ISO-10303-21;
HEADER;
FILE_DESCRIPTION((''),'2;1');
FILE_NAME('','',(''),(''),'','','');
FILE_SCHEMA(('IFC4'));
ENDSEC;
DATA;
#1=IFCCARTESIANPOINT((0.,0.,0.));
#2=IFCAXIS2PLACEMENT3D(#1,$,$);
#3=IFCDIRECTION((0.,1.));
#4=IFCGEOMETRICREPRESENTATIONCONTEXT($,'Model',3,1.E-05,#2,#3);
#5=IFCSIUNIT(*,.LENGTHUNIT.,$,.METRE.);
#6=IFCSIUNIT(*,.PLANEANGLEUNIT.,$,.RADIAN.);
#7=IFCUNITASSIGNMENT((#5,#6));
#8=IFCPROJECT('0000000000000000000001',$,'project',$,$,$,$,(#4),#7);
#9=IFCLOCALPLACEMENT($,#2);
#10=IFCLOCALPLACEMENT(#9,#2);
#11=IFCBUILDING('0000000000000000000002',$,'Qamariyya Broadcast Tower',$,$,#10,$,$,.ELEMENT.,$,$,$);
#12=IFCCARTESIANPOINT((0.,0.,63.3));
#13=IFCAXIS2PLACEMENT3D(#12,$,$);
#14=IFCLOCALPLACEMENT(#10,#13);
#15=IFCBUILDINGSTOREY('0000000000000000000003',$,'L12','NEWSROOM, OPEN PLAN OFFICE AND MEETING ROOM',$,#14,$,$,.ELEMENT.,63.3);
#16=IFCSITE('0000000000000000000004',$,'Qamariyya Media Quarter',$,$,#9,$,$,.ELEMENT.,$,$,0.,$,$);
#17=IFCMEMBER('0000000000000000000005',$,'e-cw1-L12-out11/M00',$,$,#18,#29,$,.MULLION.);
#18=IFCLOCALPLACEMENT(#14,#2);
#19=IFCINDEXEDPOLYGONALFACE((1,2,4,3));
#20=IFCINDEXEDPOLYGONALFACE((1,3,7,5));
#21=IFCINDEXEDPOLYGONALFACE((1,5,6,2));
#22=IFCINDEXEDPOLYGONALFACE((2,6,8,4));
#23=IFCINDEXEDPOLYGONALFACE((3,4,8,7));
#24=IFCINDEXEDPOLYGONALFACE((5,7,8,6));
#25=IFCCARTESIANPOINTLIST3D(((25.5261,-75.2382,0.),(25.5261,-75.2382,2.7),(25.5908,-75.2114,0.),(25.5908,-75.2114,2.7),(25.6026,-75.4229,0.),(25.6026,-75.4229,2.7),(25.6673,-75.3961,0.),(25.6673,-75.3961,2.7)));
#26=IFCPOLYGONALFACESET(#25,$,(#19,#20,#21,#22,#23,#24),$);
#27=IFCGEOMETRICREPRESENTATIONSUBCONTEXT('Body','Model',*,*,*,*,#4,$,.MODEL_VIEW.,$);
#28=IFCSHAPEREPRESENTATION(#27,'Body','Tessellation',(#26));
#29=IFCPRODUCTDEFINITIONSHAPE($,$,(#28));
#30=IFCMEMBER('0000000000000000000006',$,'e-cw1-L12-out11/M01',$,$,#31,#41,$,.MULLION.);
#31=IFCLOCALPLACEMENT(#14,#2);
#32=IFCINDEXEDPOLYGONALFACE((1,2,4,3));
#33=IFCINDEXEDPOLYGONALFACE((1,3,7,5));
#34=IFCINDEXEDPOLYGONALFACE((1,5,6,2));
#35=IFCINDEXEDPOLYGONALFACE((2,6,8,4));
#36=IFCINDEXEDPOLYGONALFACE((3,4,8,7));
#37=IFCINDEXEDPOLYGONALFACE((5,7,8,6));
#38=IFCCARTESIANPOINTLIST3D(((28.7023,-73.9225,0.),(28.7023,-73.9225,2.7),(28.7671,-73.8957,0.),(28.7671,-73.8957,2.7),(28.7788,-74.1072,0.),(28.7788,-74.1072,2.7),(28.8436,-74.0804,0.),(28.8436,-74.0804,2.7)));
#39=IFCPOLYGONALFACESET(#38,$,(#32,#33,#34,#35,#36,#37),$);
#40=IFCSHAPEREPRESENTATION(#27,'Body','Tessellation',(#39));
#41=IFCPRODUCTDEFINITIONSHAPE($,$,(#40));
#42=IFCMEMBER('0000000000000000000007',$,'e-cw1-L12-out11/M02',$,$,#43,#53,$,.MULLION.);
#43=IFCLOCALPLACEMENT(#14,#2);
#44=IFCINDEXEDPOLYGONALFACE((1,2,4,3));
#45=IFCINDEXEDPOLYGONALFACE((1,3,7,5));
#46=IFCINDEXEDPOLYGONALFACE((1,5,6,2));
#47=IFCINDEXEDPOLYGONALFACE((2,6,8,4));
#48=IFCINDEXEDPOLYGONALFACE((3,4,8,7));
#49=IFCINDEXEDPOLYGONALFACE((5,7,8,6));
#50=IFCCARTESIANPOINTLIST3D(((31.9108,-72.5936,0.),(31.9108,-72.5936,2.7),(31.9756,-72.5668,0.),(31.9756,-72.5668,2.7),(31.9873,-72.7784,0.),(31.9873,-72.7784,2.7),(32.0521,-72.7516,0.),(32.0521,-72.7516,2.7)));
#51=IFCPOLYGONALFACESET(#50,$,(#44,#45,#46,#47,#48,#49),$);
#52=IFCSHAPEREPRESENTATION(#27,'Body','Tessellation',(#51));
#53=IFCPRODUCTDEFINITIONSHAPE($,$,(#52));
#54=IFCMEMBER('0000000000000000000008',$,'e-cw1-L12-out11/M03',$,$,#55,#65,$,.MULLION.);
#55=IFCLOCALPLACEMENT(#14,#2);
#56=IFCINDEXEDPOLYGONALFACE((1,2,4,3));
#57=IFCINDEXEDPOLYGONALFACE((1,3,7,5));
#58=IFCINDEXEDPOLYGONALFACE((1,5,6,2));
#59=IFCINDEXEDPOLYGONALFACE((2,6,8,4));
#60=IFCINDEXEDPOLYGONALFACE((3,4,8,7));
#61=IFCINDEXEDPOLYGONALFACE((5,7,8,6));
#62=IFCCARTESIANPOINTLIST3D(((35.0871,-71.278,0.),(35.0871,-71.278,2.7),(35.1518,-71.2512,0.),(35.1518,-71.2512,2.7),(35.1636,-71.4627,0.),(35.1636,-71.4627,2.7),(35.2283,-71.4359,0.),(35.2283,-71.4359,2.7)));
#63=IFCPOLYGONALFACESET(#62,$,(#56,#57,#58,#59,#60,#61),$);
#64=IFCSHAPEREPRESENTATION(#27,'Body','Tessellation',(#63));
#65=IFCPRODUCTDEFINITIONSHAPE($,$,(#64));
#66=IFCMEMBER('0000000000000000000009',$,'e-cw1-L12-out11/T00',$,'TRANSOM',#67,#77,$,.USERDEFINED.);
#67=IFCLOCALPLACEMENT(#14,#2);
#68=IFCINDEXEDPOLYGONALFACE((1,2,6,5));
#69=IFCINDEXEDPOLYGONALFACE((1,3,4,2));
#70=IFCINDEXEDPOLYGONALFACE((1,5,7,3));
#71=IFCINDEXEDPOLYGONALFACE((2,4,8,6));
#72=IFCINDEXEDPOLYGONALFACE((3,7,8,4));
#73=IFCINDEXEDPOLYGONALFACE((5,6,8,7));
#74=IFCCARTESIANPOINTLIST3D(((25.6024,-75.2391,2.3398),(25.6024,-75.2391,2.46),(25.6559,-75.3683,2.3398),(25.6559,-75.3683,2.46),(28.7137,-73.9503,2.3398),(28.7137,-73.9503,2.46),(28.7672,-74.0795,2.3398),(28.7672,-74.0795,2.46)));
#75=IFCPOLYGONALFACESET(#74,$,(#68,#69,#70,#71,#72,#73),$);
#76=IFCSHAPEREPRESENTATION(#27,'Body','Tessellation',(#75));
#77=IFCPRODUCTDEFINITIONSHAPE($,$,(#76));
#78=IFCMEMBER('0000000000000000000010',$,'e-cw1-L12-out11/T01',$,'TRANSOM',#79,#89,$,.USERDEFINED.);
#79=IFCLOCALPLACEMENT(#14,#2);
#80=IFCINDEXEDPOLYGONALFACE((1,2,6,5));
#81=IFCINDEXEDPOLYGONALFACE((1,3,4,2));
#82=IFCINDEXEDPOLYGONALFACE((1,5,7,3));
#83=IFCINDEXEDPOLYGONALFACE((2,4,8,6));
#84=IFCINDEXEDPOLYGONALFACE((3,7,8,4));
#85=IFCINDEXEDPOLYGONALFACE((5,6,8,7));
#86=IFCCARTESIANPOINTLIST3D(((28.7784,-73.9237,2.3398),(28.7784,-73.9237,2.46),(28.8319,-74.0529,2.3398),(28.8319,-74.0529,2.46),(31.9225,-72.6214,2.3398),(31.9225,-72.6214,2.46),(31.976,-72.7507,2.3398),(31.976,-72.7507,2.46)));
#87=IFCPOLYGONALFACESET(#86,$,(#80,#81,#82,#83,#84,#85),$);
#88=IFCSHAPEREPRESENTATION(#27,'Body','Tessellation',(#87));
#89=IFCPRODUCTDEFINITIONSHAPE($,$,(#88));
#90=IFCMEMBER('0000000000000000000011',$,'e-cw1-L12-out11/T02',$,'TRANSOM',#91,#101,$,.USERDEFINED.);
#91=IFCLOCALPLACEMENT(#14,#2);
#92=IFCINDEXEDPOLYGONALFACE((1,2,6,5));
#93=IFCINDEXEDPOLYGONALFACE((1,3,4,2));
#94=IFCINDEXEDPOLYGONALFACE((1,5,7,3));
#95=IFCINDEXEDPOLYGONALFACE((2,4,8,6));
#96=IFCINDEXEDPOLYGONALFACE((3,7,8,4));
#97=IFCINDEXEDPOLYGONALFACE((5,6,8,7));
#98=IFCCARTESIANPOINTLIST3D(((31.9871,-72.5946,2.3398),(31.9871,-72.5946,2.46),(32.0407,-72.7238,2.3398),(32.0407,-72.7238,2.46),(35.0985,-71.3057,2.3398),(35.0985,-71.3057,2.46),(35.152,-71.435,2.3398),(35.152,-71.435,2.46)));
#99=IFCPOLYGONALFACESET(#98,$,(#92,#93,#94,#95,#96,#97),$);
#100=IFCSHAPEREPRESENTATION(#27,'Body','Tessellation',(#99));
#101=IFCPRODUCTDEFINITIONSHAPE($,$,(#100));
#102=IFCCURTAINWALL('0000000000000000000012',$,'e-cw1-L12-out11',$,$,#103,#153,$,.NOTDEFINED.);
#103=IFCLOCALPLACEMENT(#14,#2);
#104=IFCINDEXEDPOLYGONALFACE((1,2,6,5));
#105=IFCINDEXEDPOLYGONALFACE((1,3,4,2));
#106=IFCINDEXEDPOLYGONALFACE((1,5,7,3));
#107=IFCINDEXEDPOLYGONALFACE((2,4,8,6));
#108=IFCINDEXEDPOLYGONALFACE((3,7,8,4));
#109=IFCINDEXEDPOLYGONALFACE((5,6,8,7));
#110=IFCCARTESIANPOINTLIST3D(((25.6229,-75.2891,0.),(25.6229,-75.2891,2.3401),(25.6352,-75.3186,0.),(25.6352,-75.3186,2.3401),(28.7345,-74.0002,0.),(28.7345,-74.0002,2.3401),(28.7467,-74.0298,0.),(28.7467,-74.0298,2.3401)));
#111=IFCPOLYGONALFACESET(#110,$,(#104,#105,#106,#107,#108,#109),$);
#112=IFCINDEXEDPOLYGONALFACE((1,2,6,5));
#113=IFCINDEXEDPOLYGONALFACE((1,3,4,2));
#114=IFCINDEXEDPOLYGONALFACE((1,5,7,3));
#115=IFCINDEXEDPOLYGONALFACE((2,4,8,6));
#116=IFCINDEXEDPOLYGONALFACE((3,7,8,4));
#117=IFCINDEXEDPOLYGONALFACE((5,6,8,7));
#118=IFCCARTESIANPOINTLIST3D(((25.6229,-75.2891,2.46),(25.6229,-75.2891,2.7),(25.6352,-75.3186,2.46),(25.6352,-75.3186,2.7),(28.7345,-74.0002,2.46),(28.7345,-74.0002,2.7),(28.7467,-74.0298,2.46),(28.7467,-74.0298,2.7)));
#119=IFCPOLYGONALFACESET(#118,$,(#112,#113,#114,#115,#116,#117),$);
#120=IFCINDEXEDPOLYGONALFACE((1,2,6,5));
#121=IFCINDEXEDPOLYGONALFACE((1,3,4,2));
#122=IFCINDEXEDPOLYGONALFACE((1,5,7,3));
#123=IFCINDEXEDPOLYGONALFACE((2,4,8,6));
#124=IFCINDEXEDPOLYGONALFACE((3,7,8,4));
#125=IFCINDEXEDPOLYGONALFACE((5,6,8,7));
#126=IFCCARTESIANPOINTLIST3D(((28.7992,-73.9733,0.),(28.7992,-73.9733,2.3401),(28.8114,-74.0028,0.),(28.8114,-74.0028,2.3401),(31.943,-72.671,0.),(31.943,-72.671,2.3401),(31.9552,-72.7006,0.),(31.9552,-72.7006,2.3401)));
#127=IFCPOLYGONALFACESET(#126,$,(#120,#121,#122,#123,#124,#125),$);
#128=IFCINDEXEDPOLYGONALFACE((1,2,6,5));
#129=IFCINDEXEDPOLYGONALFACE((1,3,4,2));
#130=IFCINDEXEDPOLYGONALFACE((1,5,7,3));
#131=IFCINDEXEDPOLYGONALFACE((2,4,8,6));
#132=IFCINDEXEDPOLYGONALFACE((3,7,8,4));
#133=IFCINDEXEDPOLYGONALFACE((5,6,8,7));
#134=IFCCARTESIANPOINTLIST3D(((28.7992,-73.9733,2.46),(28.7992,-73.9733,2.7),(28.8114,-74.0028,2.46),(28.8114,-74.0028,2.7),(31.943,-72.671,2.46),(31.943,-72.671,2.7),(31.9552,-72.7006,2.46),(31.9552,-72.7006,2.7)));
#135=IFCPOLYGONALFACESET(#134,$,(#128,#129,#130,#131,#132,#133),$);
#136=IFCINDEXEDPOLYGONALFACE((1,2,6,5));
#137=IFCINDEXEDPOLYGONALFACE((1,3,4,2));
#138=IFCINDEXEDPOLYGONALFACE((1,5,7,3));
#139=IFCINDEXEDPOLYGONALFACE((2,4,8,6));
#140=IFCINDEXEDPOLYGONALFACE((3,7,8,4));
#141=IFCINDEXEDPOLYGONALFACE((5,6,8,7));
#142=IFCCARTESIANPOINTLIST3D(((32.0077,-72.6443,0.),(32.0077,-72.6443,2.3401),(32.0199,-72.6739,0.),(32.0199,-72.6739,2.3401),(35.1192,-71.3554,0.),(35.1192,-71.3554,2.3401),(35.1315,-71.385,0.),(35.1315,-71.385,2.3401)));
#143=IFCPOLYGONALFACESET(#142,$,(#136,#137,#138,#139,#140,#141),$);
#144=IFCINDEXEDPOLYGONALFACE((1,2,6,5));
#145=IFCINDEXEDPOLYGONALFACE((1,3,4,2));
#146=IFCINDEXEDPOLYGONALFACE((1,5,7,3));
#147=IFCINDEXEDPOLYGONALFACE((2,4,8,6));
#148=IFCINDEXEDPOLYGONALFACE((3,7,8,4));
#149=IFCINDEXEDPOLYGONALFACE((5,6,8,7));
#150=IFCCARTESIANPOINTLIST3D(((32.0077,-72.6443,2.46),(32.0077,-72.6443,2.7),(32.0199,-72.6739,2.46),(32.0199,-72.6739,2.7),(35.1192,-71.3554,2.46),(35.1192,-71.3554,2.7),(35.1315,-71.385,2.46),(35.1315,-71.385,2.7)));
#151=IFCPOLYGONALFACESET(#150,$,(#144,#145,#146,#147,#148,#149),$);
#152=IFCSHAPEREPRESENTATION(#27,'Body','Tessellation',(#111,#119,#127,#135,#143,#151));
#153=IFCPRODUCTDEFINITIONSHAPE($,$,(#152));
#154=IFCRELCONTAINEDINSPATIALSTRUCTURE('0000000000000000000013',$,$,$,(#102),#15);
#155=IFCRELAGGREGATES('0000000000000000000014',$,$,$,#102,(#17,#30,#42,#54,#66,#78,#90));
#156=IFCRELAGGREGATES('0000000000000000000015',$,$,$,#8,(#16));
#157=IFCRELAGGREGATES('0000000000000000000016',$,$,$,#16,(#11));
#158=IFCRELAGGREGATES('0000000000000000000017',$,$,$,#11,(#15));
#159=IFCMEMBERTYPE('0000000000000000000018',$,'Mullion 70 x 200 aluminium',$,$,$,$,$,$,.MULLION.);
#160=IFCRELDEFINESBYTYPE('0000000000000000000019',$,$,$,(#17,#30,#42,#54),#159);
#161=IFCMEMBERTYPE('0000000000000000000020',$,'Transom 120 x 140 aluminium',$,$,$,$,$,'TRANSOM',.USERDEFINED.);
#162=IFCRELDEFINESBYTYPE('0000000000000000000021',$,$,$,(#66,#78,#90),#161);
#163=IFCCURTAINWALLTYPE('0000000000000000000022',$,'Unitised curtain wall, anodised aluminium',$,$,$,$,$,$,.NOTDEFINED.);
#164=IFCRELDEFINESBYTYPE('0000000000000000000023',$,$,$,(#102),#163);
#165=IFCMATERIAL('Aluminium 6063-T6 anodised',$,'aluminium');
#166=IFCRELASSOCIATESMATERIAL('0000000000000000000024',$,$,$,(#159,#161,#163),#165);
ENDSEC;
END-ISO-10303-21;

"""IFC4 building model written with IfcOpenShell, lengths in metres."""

from ifc_helpers import new_model, si_unit, direction, frame, origin, origin_2d, place, context, subcontext, project, spatial, rectangle, extrude, material, material_profile, profile_set, type_object, element, aggregate, save


model = new_model("IFC4")

# Units and contexts
model_context = context("Model", 3, precision=1e-05, world=origin(), true_north=direction((0.0, 1.0)))
body_context = subcontext(model_context, "Body", "Model", "MODEL_VIEW")
ifc_project = project(units=[si_unit("LENGTHUNIT", "METRE"), si_unit("PLANEANGLEUNIT", "RADIAN")], contexts=[model_context])

# Members
ifc_material = material(Name="Aluminium 6063-T6 anodised", Category="aluminium")
ifc_material_profile_1 = material_profile(ifc_material, rectangle(XDim=0.2, YDim=0.0701, at=origin_2d()))
ifc_profile_set_1 = profile_set([ifc_material_profile_1], Name="Aluminium 6063-T6 anodised")
member_type_1 = type_object("IfcMemberType", Name="Mullion 70 x 200 aluminium", PredefinedType="MULLION", material=ifc_profile_set_1)
site_placement = place(None, origin())
building_placement = place(site_placement, origin())
storey_placement = place(building_placement, frame((0.0, 0.0, 63.3)))
member_1_placement = place(storey_placement, frame((25.5967, -75.3171, 0.0), z_axis=(0.0, 0.0, 1.0), x_axis=(-0.382683, 0.92388, 0.0)))
member_1 = element("IfcMember", 1, at=member_1_placement, type_object=member_type_1, Name="e-cw1-L12-out11/M00", PredefinedType="MULLION", context=body_context, shape_type="SweptSolid", body=[
    extrude(rectangle(XDim=0.2, YDim=0.0701, at=origin_2d()), origin(), (0.0, 0.0, 1.0), 2.7),
])
member_2_placement = place(storey_placement, frame((28.7729, -74.0015, 0.0), z_axis=(0.0, 0.0, 1.0), x_axis=(-0.382683, 0.92388, 0.0)))
member_2 = element("IfcMember", 2, at=member_2_placement, type_object=member_type_1, Name="e-cw1-L12-out11/M01", PredefinedType="MULLION", context=body_context, shape_type="SweptSolid", body=[
    extrude(rectangle(XDim=0.2, YDim=0.0701, at=origin_2d()), origin(), (0.0, 0.0, 1.0), 2.7),
])
member_3_placement = place(storey_placement, frame((31.9814, -72.6726, 0.0), z_axis=(0.0, 0.0, 1.0), x_axis=(-0.382683, 0.92388, 0.0)))
member_3 = element("IfcMember", 3, at=member_3_placement, type_object=member_type_1, Name="e-cw1-L12-out11/M02", PredefinedType="MULLION", context=body_context, shape_type="SweptSolid", body=[
    extrude(rectangle(XDim=0.2, YDim=0.0701, at=origin_2d()), origin(), (0.0, 0.0, 1.0), 2.7),
])
member_4_placement = place(storey_placement, frame((35.1577, -71.3569, 0.0), z_axis=(0.0, 0.0, 1.0), x_axis=(-0.382683, 0.92388, 0.0)))
member_4 = element("IfcMember", 4, at=member_4_placement, type_object=member_type_1, Name="e-cw1-L12-out11/M03", PredefinedType="MULLION", context=body_context, shape_type="SweptSolid", body=[
    extrude(rectangle(XDim=0.2, YDim=0.0701, at=origin_2d()), origin(), (0.0, 0.0, 1.0), 2.7),
])
ifc_material_profile_2 = material_profile(ifc_material, rectangle(XDim=0.1399, YDim=0.1201, at=origin_2d()))
ifc_profile_set_2 = profile_set([ifc_material_profile_2], Name="Aluminium 6063-T6 anodised")
member_type_2 = type_object("IfcMemberType", Name="Transom 120 x 140 aluminium", ElementType="TRANSOM", PredefinedType="USERDEFINED", material=ifc_profile_set_2)
member_5_placement = place(storey_placement, frame((25.6292, -75.3037, 2.3999), z_axis=(0.923873, 0.3827, 0.0), x_axis=(-0.3827, 0.923873, 0.0)))
member_5 = element("IfcMember", 5, at=member_5_placement, type_object=member_type_2, Name="e-cw1-L12-out11/T00", ObjectType="TRANSOM", PredefinedType="USERDEFINED", context=body_context, shape_type="SweptSolid", body=[
    extrude(rectangle(XDim=0.1399, YDim=0.1201, at=origin_2d()), origin(), (0.0, 0.0, 1.0), 3.3677),
])
member_6_placement = place(storey_placement, frame((28.8052, -73.9883, 2.3999), z_axis=(0.923886, 0.382669, 0.0), x_axis=(-0.382669, 0.923886, 0.0)))
member_6 = element("IfcMember", 6, at=member_6_placement, type_object=member_type_2, Name="e-cw1-L12-out11/T01", ObjectType="TRANSOM", PredefinedType="USERDEFINED", context=body_context, shape_type="SweptSolid", body=[
    extrude(rectangle(XDim=0.1399, YDim=0.1201, at=origin_2d()), origin(), (0.0, 0.0, 1.0), 3.4031),
])
member_7_placement = place(storey_placement, frame((32.0139, -72.6592, 2.3999), z_axis=(0.923873, 0.3827, 0.0), x_axis=(-0.3827, 0.923873, 0.0)))
member_7 = element("IfcMember", 7, at=member_7_placement, type_object=member_type_2, Name="e-cw1-L12-out11/T02", ObjectType="TRANSOM", PredefinedType="USERDEFINED", context=body_context, shape_type="SweptSolid", body=[
    extrude(rectangle(XDim=0.1399, YDim=0.1201, at=origin_2d()), origin(), (0.0, 0.0, 1.0), 3.3677),
])

# Site, building, storey
site = spatial("IfcSite", under=ifc_project, at=site_placement, Name="Qamariyya Media Quarter", CompositionType="ELEMENT", RefElevation=0.0)
building = spatial("IfcBuilding", under=site, at=building_placement, Name="Qamariyya Broadcast Tower", CompositionType="ELEMENT")
storey = spatial("IfcBuildingStorey", under=building, at=storey_placement, Name="L12", Description="NEWSROOM, OPEN PLAN OFFICE AND MEETING ROOM", CompositionType="ELEMENT", Elevation=63.3)

# Curtain wall
curtain_wall_type = type_object("IfcCurtainWallType", Name="Unitised curtain wall, anodised aluminium", PredefinedType="NOTDEFINED", material=ifc_material)
curtain_wall_1_placement = place(storey_placement, origin())
curtain_wall_1 = element("IfcCurtainWall", 8, at=curtain_wall_1_placement, inside=storey, type_object=curtain_wall_type, Name="e-cw1-L12-out11", PredefinedType="NOTDEFINED", context=body_context, shape_type="SweptSolid", body=[
    extrude(rectangle(XDim=3.3679, YDim=0.032, at=origin_2d()), frame((27.1848, -74.6594, 0.0), x_axis=(0.923878, 0.382688, 0.0)), (0.0, 0.0, 1.0), 2.3401),
    extrude(rectangle(XDim=3.3679, YDim=0.032, at=origin_2d()), frame((27.1848, -74.6594, 2.46), x_axis=(0.923878, 0.382688, 0.0)), (0.0, 0.0, 1.0), 0.24),
    extrude(rectangle(XDim=3.4028, YDim=0.032, at=origin_2d()), frame((30.3772, -73.3369, 0.0), x_axis=(0.923878, 0.382688, 0.0)), (0.0, 0.0, 1.0), 2.3401),
    extrude(rectangle(XDim=3.4028, YDim=0.032, at=origin_2d()), frame((30.3772, -73.3369, 2.46), x_axis=(0.923878, 0.382688, 0.0)), (0.0, 0.0, 1.0), 0.24),
    extrude(rectangle(XDim=3.3679, YDim=0.032, at=origin_2d()), frame((33.5696, -72.0146, 0.0), x_axis=(0.923878, 0.382688, 0.0)), (0.0, 0.0, 1.0), 2.3401),
    extrude(rectangle(XDim=3.3679, YDim=0.032, at=origin_2d()), frame((33.5696, -72.0146, 2.46), x_axis=(0.923878, 0.382688, 0.0)), (0.0, 0.0, 1.0), 0.24),
])
aggregate(curtain_wall_1, [member_1, member_2, member_3, member_4, member_5, member_6, member_7])

save(model, "model.ifc")
